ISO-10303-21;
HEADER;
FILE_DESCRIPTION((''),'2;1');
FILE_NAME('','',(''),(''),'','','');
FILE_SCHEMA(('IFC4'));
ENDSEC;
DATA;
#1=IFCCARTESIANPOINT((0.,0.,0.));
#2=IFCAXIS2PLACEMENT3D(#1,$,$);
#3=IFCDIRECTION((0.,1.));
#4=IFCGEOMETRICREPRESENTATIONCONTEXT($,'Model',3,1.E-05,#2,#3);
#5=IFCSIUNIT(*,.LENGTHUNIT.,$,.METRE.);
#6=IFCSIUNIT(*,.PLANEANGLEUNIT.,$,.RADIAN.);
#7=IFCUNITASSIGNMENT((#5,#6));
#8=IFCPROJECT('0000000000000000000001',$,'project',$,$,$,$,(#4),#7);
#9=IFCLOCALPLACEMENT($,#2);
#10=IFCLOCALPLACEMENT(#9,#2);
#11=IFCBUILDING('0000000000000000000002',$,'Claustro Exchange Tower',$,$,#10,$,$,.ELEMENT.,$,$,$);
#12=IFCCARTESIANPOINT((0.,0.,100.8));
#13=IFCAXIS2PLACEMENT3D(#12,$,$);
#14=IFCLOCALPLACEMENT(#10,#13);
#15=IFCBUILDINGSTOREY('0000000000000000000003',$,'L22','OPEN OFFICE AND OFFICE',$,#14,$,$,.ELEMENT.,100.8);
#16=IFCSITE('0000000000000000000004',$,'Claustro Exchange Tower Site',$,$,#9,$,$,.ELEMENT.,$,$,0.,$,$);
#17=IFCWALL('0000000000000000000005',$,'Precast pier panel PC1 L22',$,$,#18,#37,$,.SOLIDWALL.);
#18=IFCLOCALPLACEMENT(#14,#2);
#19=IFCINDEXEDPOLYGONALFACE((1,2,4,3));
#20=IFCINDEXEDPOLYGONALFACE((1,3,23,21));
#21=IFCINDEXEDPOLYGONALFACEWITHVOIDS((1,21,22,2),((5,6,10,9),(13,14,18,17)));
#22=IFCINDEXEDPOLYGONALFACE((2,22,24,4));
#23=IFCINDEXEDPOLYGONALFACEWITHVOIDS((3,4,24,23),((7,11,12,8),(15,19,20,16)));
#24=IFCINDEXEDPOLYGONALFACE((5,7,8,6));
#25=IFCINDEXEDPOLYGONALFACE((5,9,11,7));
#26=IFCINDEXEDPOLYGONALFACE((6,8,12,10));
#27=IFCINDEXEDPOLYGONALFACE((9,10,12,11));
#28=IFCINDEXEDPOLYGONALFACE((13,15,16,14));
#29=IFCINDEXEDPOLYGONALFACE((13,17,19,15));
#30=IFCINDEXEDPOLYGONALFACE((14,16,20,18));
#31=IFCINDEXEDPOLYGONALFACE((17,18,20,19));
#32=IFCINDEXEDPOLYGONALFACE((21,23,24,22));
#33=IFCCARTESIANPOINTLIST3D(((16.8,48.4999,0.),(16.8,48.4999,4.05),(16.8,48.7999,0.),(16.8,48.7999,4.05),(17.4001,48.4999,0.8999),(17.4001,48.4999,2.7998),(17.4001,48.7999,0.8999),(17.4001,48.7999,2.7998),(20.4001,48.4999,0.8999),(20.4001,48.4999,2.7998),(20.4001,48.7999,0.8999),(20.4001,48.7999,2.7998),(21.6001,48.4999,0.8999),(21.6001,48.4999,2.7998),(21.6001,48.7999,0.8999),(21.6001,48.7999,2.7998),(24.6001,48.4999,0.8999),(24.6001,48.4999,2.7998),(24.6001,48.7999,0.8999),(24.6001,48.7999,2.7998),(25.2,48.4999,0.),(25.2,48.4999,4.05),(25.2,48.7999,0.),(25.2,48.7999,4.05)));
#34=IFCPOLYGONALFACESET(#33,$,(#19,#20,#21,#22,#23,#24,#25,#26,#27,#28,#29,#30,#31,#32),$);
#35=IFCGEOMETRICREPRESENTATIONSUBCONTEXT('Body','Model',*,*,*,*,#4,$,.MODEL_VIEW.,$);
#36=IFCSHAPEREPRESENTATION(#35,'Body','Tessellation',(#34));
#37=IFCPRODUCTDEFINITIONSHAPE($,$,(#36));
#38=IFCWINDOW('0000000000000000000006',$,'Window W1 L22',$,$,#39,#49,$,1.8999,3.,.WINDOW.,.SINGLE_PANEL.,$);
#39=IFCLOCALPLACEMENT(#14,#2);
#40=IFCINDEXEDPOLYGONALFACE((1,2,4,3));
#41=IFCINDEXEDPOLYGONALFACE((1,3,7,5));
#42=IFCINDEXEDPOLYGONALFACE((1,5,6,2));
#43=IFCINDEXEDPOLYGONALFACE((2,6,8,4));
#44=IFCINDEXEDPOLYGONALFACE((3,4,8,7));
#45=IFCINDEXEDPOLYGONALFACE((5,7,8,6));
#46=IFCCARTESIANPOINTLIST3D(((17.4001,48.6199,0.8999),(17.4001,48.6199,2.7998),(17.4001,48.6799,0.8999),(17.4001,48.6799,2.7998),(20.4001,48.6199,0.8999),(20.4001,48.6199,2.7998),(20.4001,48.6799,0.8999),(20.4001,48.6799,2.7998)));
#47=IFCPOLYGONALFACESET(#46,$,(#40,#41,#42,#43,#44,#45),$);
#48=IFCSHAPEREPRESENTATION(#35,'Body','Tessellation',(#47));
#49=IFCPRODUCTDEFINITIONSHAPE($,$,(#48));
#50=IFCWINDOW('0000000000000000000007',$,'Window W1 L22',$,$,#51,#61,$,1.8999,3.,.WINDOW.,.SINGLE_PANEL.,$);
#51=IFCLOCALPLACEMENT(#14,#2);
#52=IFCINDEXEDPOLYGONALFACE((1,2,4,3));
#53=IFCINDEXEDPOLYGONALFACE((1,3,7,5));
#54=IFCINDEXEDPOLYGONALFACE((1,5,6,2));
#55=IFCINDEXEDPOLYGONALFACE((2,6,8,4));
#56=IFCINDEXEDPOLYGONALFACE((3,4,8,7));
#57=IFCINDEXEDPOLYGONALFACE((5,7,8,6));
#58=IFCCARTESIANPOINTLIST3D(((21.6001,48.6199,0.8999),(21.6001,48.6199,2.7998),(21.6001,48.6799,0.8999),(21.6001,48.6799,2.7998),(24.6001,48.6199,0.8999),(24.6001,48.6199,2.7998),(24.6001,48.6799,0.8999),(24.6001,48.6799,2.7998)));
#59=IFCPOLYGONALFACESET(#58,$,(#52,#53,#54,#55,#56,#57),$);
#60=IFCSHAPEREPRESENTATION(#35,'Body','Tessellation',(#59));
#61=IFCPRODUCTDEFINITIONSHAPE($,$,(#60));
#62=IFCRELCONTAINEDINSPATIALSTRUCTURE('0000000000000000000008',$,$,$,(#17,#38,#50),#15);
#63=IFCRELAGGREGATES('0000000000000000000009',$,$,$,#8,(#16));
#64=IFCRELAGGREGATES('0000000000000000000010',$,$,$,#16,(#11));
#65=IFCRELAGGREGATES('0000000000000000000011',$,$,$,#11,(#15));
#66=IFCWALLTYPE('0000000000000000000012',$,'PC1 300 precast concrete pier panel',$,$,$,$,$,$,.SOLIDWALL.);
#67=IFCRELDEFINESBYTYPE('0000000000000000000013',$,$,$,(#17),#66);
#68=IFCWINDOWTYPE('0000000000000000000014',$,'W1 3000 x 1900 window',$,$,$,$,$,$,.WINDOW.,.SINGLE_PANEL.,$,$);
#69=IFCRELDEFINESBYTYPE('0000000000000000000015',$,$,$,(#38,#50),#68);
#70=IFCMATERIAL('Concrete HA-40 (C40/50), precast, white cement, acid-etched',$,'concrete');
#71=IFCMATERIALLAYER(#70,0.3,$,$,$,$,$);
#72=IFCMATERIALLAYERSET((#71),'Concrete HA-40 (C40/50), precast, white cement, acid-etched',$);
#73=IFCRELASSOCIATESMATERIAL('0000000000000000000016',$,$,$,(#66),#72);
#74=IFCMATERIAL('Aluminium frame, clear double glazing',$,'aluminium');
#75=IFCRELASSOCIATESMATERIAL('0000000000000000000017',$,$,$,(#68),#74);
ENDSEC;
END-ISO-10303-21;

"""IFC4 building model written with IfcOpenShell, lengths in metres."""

from ifc_helpers import new_model, si_unit, direction, frame, frame_2d, origin, place, context, subcontext, project, spatial, rectangle, extrude, material, layer, layer_set, type_object, element, fill, save


model = new_model("IFC4")

# Units and contexts
model_context = context("Model", 3, precision=1e-05, world=origin(), true_north=direction((0.0, 1.0)))
body_context = subcontext(model_context, "Body", "Model", "MODEL_VIEW")
ifc_project = project(units=[si_unit("LENGTHUNIT", "METRE"), si_unit("PLANEANGLEUNIT", "RADIAN")], contexts=[model_context])

# Site, building, storey
site_placement = place(None, origin())
site = spatial("IfcSite", under=ifc_project, at=site_placement, Name="Claustro Exchange Tower Site", CompositionType="ELEMENT", RefElevation=0.0)
building_placement = place(site_placement, origin())
building = spatial("IfcBuilding", under=site, at=building_placement, Name="Claustro Exchange Tower", CompositionType="ELEMENT")
storey_placement = place(building_placement, frame((0.0, 0.0, 100.8)))
storey = spatial("IfcBuildingStorey", under=building, at=storey_placement, Name="L22", Description="OPEN OFFICE AND OFFICE", CompositionType="ELEMENT", Elevation=100.8)

# Wall, openings, windows
ifc_material_1 = material(Name="Concrete HA-40 (C40/50), precast, white cement, acid-etched", Category="concrete")
ifc_layer_1 = layer(ifc_material_1, 0.3)
ifc_layer_set_1 = layer_set([ifc_layer_1], Name="Concrete HA-40 (C40/50), precast, white cement, acid-etched")
wall_type_1 = type_object("IfcWallType", Name="PC1 300 precast concrete pier panel", PredefinedType="SOLIDWALL", material=ifc_layer_set_1)
ifc_material_2 = material(Name="Aluminium frame, clear double glazing", Category="aluminium")
window_type = type_object("IfcWindowType", Name="W1 3000 x 1900 window", PartitioningType="SINGLE_PANEL", PredefinedType="WINDOW", material=ifc_material_2)
wall_1_placement = place(storey_placement, frame((16.8, 48.6499, 0.0), z_axis=(0.0, 0.0, 1.0), x_axis=(1.0, 0.0, 0.0)))
wall_1 = element("IfcWall", 1, at=wall_1_placement, inside=storey, type_object=wall_type_1, Name="Precast pier panel PC1 L22", PredefinedType="SOLIDWALL", context=body_context, shape_type="SweptSolid", body=[
    extrude(rectangle(XDim=8.3999, YDim=0.3, at=frame_2d((4.2, 0.0))), origin(), (0.0, 0.0, 1.0), 4.05),
])
opening_1_placement = place(wall_1_placement, frame((0.6001, 0.0, 0.8999)))
opening_1 = element("IfcOpeningElement", 2, at=opening_1_placement, cuts=wall_1, PredefinedType="OPENING", context=body_context, shape_type="SweptSolid", body=[
    extrude(rectangle(XDim=3.0, YDim=1.8999, at=frame_2d((1.5, 0.95))), frame((0.0, 0.1599, 0.0), z_axis=(0.0, -1.0, 0.0), x_axis=(1.0, 0.0, 0.0)), (0.0, 0.0, 1.0), 0.3201),
])
opening_2_placement = place(wall_1_placement, frame((4.8, 0.0, 0.8999)))
opening_2 = element("IfcOpeningElement", 3, at=opening_2_placement, cuts=wall_1, PredefinedType="OPENING", context=body_context, shape_type="SweptSolid", body=[
    extrude(rectangle(XDim=3.0, YDim=1.8999, at=frame_2d((1.5, 0.95))), frame((0.0, 0.1599, 0.0), z_axis=(0.0, -1.0, 0.0), x_axis=(1.0, 0.0, 0.0)), (0.0, 0.0, 1.0), 0.3201),
])
window_1_placement = place(opening_1_placement, origin())
window_1 = element("IfcWindow", 4, at=window_1_placement, inside=storey, type_object=window_type, Name="Window W1 L22", OverallHeight=1.8999, OverallWidth=3.0, PartitioningType="SINGLE_PANEL", PredefinedType="WINDOW", context=body_context, shape_type="SweptSolid", body=[
    extrude(rectangle(XDim=3.0, YDim=1.8999, at=frame_2d((1.5, 0.95))), frame((0.0, 0.03, 0.0), z_axis=(0.0, -1.0, 0.0), x_axis=(1.0, 0.0, 0.0)), (0.0, 0.0, 1.0), 0.0601),
])
fill(opening_1, window_1)
window_2_placement = place(opening_2_placement, origin())
window_2 = element("IfcWindow", 5, at=window_2_placement, inside=storey, type_object=window_type, Name="Window W1 L22", OverallHeight=1.8999, OverallWidth=3.0, PartitioningType="SINGLE_PANEL", PredefinedType="WINDOW", context=body_context, shape_type="SweptSolid", body=[
    extrude(rectangle(XDim=3.0, YDim=1.8999, at=frame_2d((1.5, 0.95))), frame((0.0, 0.03, 0.0), z_axis=(0.0, -1.0, 0.0), x_axis=(1.0, 0.0, 0.0)), (0.0, 0.0, 1.0), 0.0601),
])
fill(opening_2, window_2)

save(model, "model.ifc")
